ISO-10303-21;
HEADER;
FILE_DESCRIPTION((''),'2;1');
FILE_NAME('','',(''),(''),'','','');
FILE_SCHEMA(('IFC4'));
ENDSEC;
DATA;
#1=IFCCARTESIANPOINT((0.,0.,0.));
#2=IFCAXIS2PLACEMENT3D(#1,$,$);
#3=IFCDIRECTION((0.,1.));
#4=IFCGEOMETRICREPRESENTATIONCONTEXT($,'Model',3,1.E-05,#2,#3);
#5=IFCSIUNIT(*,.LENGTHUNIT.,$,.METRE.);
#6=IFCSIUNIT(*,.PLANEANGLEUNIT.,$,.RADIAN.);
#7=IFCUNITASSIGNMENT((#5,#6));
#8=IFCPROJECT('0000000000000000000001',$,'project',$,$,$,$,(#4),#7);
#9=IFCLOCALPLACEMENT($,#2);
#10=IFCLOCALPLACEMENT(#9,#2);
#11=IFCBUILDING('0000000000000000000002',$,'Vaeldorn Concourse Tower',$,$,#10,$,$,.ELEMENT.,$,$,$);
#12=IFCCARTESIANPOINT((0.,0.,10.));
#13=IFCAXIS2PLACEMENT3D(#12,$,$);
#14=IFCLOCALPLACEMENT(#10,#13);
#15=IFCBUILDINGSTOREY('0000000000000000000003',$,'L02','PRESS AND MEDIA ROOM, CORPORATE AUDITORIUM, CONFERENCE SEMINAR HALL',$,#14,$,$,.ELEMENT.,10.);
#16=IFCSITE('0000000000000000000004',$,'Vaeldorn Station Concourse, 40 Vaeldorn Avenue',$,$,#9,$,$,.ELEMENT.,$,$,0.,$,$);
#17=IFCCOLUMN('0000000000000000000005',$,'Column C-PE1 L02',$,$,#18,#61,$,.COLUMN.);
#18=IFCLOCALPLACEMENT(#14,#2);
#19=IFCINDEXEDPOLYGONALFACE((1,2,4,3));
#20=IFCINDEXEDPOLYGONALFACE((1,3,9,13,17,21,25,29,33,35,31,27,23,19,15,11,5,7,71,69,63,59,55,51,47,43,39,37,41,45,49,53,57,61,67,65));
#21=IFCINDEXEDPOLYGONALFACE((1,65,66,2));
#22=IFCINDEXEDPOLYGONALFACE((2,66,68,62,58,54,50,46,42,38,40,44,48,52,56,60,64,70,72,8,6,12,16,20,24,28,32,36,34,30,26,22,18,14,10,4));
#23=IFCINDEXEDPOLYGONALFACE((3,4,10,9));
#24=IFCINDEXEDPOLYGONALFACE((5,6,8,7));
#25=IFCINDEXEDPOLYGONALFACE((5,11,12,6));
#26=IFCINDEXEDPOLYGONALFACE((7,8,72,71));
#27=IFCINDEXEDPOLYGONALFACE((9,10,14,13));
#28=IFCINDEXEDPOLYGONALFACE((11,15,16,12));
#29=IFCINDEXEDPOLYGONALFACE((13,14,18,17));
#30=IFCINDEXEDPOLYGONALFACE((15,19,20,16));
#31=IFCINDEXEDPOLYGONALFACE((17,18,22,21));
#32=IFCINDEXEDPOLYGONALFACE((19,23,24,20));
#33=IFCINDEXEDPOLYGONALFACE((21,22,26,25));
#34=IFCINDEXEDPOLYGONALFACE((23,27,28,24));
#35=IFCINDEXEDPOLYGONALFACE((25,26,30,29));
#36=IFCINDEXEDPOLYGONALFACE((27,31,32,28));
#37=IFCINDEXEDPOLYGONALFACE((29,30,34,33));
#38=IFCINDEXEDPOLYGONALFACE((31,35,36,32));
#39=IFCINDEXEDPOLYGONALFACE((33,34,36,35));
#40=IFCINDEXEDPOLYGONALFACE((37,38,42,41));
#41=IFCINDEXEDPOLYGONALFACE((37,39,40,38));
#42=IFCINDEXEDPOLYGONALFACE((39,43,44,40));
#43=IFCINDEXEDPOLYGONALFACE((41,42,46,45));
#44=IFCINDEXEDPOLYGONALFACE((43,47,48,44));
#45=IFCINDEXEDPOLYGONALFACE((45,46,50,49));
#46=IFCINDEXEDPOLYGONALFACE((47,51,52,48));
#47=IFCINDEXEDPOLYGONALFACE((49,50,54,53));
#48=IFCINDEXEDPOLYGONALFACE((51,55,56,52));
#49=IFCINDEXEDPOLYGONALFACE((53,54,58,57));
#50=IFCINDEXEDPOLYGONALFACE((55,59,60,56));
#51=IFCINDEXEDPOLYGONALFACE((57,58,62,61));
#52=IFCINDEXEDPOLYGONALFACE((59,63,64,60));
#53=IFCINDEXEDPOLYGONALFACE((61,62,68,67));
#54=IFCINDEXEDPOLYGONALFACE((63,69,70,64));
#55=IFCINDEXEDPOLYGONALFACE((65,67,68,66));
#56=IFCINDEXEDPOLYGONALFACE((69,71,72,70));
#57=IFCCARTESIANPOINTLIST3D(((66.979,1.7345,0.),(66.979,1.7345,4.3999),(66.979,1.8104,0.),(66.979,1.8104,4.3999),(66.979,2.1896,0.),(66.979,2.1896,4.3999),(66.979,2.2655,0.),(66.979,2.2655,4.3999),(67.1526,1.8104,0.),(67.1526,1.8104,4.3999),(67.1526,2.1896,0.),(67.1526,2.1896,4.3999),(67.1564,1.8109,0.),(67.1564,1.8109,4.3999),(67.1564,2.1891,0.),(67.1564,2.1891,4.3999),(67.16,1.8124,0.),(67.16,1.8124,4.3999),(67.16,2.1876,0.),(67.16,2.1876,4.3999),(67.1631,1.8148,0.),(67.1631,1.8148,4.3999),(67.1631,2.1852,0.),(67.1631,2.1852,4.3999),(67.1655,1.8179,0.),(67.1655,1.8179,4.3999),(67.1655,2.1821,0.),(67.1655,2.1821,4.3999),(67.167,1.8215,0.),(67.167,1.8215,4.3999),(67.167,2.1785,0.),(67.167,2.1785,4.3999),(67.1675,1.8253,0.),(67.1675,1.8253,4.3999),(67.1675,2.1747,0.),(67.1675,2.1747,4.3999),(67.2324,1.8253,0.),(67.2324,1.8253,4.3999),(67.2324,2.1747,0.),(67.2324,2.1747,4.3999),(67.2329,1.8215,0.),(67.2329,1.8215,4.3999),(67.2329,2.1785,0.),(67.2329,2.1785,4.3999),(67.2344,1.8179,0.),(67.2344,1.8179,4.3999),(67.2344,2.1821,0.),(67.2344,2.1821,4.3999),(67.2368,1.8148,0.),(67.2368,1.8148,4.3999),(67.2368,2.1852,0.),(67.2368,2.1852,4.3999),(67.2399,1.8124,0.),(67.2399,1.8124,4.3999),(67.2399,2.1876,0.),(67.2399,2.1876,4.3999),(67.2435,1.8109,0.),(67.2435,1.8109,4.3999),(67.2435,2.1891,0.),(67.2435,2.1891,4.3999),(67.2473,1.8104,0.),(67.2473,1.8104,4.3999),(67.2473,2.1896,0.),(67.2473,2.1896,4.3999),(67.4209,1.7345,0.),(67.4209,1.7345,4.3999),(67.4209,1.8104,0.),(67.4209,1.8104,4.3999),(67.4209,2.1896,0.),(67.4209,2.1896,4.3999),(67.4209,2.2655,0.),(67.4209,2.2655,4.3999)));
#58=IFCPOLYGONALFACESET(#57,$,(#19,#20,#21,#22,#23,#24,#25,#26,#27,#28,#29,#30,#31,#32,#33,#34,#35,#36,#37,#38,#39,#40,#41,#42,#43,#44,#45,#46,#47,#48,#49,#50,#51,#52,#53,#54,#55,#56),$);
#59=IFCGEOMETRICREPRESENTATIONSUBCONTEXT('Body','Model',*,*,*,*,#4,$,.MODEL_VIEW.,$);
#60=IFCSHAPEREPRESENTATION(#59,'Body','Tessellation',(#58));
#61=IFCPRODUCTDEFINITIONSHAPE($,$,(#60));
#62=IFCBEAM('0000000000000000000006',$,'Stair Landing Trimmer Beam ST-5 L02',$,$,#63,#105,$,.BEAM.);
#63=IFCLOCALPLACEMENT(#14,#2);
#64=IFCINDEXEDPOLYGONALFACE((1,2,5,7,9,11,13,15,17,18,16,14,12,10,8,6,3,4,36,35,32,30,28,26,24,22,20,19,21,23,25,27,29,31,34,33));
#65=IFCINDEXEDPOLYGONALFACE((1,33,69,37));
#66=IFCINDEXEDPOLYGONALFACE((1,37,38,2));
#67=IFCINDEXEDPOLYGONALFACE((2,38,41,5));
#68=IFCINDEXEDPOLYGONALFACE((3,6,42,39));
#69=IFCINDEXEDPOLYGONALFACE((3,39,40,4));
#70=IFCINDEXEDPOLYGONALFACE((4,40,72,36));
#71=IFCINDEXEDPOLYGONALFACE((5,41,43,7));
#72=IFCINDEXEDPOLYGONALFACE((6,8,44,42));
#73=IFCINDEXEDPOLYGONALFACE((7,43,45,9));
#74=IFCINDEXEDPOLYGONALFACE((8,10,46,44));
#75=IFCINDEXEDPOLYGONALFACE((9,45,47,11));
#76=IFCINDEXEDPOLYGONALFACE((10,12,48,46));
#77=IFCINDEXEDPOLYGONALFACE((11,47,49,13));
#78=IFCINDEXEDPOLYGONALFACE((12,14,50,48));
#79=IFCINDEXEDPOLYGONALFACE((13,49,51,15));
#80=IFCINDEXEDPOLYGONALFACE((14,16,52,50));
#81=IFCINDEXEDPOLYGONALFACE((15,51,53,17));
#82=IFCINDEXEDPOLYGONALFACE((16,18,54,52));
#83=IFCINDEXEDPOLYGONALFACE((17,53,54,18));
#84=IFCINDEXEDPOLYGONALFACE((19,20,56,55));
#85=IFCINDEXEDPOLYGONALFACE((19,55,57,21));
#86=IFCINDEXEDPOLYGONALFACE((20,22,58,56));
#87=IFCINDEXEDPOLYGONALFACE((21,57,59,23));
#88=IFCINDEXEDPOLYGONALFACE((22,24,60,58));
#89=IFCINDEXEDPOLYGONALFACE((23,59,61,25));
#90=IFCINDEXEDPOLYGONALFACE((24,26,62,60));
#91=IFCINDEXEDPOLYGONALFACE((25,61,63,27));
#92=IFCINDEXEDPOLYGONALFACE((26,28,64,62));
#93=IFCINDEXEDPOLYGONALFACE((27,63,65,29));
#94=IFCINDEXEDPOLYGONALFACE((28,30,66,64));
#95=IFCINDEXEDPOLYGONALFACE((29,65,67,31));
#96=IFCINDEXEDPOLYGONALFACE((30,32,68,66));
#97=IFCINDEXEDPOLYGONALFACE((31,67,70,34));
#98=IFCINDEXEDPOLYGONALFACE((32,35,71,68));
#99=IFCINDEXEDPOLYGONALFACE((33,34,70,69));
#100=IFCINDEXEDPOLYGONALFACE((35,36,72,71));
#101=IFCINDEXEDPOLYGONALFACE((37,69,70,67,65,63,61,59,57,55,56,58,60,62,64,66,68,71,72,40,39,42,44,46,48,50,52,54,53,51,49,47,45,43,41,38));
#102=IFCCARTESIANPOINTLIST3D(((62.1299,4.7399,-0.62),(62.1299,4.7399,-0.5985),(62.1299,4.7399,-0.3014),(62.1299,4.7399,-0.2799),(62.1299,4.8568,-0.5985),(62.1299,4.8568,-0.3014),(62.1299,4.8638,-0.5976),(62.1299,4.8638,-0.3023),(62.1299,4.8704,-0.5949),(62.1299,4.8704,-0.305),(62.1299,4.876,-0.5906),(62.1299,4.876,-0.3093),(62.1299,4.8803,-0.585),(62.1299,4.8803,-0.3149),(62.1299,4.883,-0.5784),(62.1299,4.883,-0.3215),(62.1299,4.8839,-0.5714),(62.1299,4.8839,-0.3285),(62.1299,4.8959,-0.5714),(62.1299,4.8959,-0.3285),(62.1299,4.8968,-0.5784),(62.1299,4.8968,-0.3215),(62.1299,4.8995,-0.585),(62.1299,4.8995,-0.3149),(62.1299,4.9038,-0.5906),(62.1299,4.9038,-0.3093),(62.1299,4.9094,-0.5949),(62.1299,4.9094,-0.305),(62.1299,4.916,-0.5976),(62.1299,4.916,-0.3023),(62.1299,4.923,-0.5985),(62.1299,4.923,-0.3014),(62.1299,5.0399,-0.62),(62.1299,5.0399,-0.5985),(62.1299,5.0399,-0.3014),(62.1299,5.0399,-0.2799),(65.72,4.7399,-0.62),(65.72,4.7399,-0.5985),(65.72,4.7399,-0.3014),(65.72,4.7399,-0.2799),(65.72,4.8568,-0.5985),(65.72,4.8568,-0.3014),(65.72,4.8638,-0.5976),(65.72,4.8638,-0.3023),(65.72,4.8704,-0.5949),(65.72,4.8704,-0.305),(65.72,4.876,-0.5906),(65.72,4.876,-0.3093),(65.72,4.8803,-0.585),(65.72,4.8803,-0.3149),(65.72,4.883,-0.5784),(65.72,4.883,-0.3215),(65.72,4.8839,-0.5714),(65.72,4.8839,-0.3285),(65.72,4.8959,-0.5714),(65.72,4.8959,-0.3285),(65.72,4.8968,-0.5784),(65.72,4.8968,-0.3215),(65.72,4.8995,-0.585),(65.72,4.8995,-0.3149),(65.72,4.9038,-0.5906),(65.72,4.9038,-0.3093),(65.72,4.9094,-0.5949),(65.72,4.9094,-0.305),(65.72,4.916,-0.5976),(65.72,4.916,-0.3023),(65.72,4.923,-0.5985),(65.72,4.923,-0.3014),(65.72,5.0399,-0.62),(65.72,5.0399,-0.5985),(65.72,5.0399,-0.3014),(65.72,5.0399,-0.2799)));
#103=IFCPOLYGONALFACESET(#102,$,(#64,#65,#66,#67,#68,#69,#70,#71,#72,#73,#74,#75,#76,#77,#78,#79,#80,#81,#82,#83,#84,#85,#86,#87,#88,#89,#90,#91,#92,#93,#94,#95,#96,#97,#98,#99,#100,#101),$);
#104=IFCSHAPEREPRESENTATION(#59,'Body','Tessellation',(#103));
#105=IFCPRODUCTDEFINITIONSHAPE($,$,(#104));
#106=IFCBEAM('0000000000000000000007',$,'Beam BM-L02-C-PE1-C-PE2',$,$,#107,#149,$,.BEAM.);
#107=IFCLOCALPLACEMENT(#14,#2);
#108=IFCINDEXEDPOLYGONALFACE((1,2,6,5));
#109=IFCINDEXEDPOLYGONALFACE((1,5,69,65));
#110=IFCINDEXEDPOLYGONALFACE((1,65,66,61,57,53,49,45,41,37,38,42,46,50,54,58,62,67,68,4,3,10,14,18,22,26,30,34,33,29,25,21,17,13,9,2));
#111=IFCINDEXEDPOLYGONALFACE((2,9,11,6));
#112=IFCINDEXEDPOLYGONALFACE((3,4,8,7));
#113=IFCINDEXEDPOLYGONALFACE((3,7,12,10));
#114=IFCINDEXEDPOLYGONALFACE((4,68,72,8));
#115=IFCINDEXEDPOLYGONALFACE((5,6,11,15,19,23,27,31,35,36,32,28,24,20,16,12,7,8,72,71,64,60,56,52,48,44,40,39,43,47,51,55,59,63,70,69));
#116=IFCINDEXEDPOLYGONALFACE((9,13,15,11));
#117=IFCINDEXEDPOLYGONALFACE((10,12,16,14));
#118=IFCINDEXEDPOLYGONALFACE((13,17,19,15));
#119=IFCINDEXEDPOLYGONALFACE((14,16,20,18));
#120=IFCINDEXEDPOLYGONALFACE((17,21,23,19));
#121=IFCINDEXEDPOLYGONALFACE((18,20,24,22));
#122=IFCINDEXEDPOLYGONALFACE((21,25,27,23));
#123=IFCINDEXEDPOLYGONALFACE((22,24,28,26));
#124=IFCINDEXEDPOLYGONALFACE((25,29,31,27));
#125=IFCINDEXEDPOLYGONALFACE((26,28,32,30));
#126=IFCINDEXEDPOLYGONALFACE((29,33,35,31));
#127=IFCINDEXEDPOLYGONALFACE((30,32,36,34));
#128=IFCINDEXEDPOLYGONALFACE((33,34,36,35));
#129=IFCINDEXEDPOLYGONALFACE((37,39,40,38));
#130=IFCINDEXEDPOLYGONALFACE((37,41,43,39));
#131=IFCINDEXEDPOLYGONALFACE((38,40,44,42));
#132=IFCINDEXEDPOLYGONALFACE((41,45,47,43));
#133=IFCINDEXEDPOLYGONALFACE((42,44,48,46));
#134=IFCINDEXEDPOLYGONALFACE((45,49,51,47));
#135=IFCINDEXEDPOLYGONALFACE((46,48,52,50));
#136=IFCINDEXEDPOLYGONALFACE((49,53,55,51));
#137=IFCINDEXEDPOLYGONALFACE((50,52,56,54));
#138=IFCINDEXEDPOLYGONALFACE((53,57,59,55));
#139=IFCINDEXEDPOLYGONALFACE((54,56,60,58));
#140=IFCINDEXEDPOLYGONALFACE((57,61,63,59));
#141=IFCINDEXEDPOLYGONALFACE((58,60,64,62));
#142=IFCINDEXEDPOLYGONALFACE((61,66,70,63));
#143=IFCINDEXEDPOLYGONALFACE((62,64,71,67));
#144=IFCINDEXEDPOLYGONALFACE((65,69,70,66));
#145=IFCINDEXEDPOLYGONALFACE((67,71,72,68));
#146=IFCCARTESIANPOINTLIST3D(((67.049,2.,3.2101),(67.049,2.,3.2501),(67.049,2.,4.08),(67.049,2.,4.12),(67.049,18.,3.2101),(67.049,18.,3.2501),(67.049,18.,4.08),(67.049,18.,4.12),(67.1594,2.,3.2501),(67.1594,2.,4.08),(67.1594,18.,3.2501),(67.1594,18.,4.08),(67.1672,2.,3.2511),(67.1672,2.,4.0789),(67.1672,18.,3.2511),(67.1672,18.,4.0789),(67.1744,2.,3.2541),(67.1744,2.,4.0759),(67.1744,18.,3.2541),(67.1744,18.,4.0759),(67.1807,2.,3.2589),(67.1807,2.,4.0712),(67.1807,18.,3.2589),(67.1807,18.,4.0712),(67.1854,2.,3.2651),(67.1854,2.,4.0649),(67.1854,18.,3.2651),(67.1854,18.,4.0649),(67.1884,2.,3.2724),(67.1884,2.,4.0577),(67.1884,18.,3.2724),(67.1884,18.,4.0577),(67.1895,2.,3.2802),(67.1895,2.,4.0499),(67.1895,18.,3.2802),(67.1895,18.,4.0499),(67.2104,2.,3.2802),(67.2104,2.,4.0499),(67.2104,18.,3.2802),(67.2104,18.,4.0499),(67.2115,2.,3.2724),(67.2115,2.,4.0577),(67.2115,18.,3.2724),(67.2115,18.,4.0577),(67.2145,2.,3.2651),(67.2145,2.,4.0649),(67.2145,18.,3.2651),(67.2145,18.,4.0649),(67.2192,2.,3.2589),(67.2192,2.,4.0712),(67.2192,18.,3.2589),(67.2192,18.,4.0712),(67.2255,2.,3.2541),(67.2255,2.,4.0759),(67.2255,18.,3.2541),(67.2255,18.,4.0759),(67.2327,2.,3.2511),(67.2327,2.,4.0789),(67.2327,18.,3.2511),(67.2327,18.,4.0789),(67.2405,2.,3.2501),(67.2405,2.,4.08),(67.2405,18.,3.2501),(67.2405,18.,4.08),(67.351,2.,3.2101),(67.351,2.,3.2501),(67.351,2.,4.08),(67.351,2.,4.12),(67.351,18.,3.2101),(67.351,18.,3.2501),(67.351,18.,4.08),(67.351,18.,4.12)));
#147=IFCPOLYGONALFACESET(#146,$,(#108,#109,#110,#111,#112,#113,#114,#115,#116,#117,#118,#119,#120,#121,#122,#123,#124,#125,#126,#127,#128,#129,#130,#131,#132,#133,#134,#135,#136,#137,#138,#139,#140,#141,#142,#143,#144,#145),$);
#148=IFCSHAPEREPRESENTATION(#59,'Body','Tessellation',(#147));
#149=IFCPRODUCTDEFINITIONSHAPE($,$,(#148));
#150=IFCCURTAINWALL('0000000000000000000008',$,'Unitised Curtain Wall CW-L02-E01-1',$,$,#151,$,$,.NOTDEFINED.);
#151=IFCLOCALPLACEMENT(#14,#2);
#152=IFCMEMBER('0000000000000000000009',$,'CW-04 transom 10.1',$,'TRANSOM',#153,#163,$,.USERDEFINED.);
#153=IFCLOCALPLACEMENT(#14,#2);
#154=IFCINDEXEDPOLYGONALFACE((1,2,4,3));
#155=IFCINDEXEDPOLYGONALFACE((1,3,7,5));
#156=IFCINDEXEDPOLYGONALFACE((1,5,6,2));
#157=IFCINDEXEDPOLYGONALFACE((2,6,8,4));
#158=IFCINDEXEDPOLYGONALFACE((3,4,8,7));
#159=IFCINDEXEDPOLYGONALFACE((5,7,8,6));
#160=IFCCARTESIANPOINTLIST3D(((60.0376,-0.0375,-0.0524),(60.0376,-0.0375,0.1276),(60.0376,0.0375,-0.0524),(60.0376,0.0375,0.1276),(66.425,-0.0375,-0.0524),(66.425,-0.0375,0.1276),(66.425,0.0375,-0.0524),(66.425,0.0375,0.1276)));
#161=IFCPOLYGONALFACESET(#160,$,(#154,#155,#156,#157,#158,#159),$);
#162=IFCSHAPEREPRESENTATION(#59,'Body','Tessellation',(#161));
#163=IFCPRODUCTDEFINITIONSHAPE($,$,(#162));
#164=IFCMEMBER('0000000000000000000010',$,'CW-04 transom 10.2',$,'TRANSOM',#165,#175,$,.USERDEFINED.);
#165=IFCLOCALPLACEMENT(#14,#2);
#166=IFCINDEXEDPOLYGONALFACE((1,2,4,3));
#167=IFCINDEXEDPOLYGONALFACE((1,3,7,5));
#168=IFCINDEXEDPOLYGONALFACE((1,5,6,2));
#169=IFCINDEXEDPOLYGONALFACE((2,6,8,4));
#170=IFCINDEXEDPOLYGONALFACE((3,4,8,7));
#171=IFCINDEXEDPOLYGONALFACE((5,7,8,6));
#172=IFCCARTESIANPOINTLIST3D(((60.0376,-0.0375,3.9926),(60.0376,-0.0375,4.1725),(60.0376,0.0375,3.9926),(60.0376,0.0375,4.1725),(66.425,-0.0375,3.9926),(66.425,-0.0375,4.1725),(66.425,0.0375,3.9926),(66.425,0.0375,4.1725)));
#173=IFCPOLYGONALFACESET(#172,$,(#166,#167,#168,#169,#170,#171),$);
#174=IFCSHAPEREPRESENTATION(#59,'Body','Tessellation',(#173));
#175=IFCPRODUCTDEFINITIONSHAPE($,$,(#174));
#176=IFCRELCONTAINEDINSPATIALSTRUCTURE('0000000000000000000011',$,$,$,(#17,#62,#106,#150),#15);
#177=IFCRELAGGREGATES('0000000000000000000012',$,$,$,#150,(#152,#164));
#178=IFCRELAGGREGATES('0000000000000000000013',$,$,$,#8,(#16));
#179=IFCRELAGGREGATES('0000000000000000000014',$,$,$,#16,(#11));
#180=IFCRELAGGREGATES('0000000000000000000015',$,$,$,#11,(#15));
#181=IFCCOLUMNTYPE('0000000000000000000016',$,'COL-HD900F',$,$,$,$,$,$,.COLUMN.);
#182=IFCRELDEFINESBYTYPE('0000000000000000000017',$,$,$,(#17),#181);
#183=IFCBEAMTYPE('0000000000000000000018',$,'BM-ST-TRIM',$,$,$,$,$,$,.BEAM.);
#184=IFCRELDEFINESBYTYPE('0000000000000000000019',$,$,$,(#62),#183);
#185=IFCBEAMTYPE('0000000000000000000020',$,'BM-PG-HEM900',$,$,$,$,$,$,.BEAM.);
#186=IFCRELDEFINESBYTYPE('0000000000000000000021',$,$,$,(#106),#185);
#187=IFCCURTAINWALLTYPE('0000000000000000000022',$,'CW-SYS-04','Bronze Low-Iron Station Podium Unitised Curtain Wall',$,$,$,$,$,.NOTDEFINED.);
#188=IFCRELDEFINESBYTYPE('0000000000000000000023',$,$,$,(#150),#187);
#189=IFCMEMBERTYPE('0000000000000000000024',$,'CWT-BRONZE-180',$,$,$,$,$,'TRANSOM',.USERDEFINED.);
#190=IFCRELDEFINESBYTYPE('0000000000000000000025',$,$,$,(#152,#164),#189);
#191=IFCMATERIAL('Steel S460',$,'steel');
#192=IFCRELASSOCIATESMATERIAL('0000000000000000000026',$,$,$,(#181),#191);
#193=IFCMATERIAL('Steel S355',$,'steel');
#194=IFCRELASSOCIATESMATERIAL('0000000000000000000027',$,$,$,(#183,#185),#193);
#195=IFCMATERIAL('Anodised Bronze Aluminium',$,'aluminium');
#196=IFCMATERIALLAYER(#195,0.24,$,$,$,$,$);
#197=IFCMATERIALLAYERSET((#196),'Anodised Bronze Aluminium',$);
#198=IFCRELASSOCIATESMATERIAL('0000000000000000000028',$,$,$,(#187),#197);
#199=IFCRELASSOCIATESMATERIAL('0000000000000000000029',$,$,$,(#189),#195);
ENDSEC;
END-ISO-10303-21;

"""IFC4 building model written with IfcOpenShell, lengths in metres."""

from ifc_helpers import new_model, si_unit, direction, frame, origin, origin_2d, place, context, subcontext, project, spatial, rectangle, i_section, extrude, source, transform, mapped, material, layer, layer_set, material_profile, profile_set, type_object, element, aggregate, save


model = new_model("IFC4")

# Units and contexts
model_context = context("Model", 3, precision=1e-05, world=origin(), true_north=direction((0.0, 1.0)))
body_context = subcontext(model_context, "Body", "Model", "MODEL_VIEW")
ifc_project = project(units=[si_unit("LENGTHUNIT", "METRE"), si_unit("PLANEANGLEUNIT", "RADIAN")], contexts=[model_context])

# Site, building, storey
site_placement = place(None, origin())
site = spatial("IfcSite", under=ifc_project, at=site_placement, Name="Vaeldorn Station Concourse, 40 Vaeldorn Avenue", CompositionType="ELEMENT", RefElevation=0.0)
building_placement = place(site_placement, origin())
building = spatial("IfcBuilding", under=site, at=building_placement, Name="Vaeldorn Concourse Tower", CompositionType="ELEMENT")
storey_placement = place(building_placement, frame((0.0, 0.0, 10.0)))
storey = spatial("IfcBuildingStorey", under=building, at=storey_placement, Name="L02", Description="PRESS AND MEDIA ROOM, CORPORATE AUDITORIUM, CONFERENCE SEMINAR HALL", CompositionType="ELEMENT", Elevation=10.0)

# Column
ifc_material_1 = material(Name="Steel S460", Category="steel")
ifc_material_profile_1 = material_profile(ifc_material_1, i_section(OverallWidth=0.4419, OverallDepth=0.531, WebThickness=0.0649, FlangeThickness=0.0759, FilletRadius=0.0149, at=origin_2d()), Name="HD 400x900")
ifc_profile_set_1 = profile_set([ifc_material_profile_1], Name="Steel S460")
column_type = type_object("IfcColumnType", Name="COL-HD900F", PredefinedType="COLUMN", material=ifc_profile_set_1)
shared_shape_1 = source(origin(), body_context, "Body", "SweptSolid", [
    extrude(i_section(OverallWidth=0.4419, OverallDepth=0.531, WebThickness=0.0649, FlangeThickness=0.0759, FilletRadius=0.0149, at=origin_2d()), origin(), (0.0, 0.0, 1.0), 4.3999),
])
column_placement = place(storey_placement, frame((67.2, 2.0, 0.0), z_axis=(0.0, 0.0, 1.0), x_axis=(1.0, 0.0, 0.0)))
element("IfcColumn", 1, at=column_placement, inside=storey, type_object=column_type, Name="Column C-PE1 L02", PredefinedType="COLUMN", context=body_context, shape_type="MappedRepresentation", body=[
    mapped(shared_shape_1, transform((0.0, 0.0, 0.0), scale=1.0)),
])

# Beams
ifc_material_2 = material(Name="Steel S355", Category="steel")
ifc_material_profile_2 = material_profile(ifc_material_2, i_section(OverallWidth=0.3, OverallDepth=0.3401, WebThickness=0.012, FlangeThickness=0.0215, FilletRadius=0.0271, at=origin_2d()), Name="HEB 340")
ifc_profile_set_2 = profile_set([ifc_material_profile_2], Name="Steel S355")
beam_type_1 = type_object("IfcBeamType", Name="BM-ST-TRIM", PredefinedType="BEAM", material=ifc_profile_set_2)
shared_shape_2 = source(origin(), body_context, "Body", "SweptSolid", [
    extrude(i_section(OverallWidth=0.3, OverallDepth=0.3401, WebThickness=0.012, FlangeThickness=0.0215, FilletRadius=0.0271, at=origin_2d()), origin(), (0.0, 0.0, 1.0), 3.5901),
])
beam_1_placement = place(storey_placement, frame((62.1299, 4.8899, -0.45), z_axis=(1.0, 0.0, 0.0), x_axis=(0.0, 1.0, 0.0)))
element("IfcBeam", 2, at=beam_1_placement, inside=storey, type_object=beam_type_1, Name="Stair Landing Trimmer Beam ST-5 L02", PredefinedType="BEAM", context=body_context, shape_type="MappedRepresentation", body=[
    mapped(shared_shape_2, transform((0.0, 0.0, 0.0), scale=1.0)),
])
ifc_material_profile_3 = material_profile(ifc_material_2, i_section(OverallWidth=0.302, OverallDepth=0.9099, WebThickness=0.021, FlangeThickness=0.04, FilletRadius=0.03, at=origin_2d()), Name="HEM 900")
ifc_profile_set_3 = profile_set([ifc_material_profile_3], Name="Steel S355")
beam_type_2 = type_object("IfcBeamType", Name="BM-PG-HEM900", PredefinedType="BEAM", material=ifc_profile_set_3)
shared_shape_3 = source(origin(), body_context, "Body", "SweptSolid", [
    extrude(i_section(OverallWidth=0.302, OverallDepth=0.9099, WebThickness=0.021, FlangeThickness=0.04, FilletRadius=0.03, at=origin_2d()), origin(), (0.0, 0.0, 1.0), 16.0),
])
beam_2_placement = place(storey_placement, frame((67.2, 2.0, 3.665), z_axis=(0.0, 1.0, 0.0), x_axis=(-1.0, 0.0, 0.0)))
element("IfcBeam", 3, at=beam_2_placement, inside=storey, type_object=beam_type_2, Name="Beam BM-L02-C-PE1-C-PE2", PredefinedType="BEAM", context=body_context, shape_type="MappedRepresentation", body=[
    mapped(shared_shape_3, transform((0.0, 0.0, 0.0), scale=1.0)),
])

# Curtain wall, members
ifc_material_3 = material(Name="Anodised Bronze Aluminium", Category="aluminium")
ifc_layer_1 = layer(ifc_material_3, 0.24)
ifc_layer_set_1 = layer_set([ifc_layer_1], Name="Anodised Bronze Aluminium")
curtain_wall_type = type_object("IfcCurtainWallType", Name="CW-SYS-04", Description="Bronze Low-Iron Station Podium Unitised Curtain Wall", PredefinedType="NOTDEFINED", material=ifc_layer_set_1)
curtain_wall_1_placement = place(storey_placement, origin())
curtain_wall_1 = element("IfcCurtainWall", 4, at=curtain_wall_1_placement, inside=storey, type_object=curtain_wall_type, Name="Unitised Curtain Wall CW-L02-E01-1", PredefinedType="NOTDEFINED")
ifc_material_profile_4 = material_profile(ifc_material_3, rectangle(XDim=0.075, YDim=0.1799, at=origin_2d()), Name="CWT 75x180")
ifc_profile_set_4 = profile_set([ifc_material_profile_4], Name="Anodised Bronze Aluminium")
member_type_1 = type_object("IfcMemberType", Name="CWT-BRONZE-180", ElementType="TRANSOM", PredefinedType="USERDEFINED", material=ifc_profile_set_4)
shared_shape_4 = source(origin(), body_context, "Body", "SweptSolid", [
    extrude(rectangle(XDim=0.075, YDim=0.1799, at=origin_2d()), origin(), (0.0, 0.0, 1.0), 6.3875),
])
member_1_placement = place(storey_placement, frame((60.0376, 0.0, 0.0376), z_axis=(1.0, 0.0, 0.0), x_axis=(0.0, 1.0, 0.0)))
member_1 = element("IfcMember", 5, at=member_1_placement, type_object=member_type_1, Name="CW-04 transom 10.1", ObjectType="TRANSOM", PredefinedType="USERDEFINED", context=body_context, shape_type="MappedRepresentation", body=[
    mapped(shared_shape_4, transform((0.0, 0.0, 0.0), scale=1.0)),
])
member_2_placement = place(storey_placement, frame((60.0376, 0.0, 4.0825), z_axis=(1.0, 0.0, 0.0), x_axis=(0.0, 1.0, 0.0)))
member_2 = element("IfcMember", 6, at=member_2_placement, type_object=member_type_1, Name="CW-04 transom 10.2", ObjectType="TRANSOM", PredefinedType="USERDEFINED", context=body_context, shape_type="MappedRepresentation", body=[
    mapped(shared_shape_4, transform((0.0, 0.0, 0.0), scale=1.0)),
])

aggregate(curtain_wall_1, [member_1, member_2])

save(model, "model.ifc")
